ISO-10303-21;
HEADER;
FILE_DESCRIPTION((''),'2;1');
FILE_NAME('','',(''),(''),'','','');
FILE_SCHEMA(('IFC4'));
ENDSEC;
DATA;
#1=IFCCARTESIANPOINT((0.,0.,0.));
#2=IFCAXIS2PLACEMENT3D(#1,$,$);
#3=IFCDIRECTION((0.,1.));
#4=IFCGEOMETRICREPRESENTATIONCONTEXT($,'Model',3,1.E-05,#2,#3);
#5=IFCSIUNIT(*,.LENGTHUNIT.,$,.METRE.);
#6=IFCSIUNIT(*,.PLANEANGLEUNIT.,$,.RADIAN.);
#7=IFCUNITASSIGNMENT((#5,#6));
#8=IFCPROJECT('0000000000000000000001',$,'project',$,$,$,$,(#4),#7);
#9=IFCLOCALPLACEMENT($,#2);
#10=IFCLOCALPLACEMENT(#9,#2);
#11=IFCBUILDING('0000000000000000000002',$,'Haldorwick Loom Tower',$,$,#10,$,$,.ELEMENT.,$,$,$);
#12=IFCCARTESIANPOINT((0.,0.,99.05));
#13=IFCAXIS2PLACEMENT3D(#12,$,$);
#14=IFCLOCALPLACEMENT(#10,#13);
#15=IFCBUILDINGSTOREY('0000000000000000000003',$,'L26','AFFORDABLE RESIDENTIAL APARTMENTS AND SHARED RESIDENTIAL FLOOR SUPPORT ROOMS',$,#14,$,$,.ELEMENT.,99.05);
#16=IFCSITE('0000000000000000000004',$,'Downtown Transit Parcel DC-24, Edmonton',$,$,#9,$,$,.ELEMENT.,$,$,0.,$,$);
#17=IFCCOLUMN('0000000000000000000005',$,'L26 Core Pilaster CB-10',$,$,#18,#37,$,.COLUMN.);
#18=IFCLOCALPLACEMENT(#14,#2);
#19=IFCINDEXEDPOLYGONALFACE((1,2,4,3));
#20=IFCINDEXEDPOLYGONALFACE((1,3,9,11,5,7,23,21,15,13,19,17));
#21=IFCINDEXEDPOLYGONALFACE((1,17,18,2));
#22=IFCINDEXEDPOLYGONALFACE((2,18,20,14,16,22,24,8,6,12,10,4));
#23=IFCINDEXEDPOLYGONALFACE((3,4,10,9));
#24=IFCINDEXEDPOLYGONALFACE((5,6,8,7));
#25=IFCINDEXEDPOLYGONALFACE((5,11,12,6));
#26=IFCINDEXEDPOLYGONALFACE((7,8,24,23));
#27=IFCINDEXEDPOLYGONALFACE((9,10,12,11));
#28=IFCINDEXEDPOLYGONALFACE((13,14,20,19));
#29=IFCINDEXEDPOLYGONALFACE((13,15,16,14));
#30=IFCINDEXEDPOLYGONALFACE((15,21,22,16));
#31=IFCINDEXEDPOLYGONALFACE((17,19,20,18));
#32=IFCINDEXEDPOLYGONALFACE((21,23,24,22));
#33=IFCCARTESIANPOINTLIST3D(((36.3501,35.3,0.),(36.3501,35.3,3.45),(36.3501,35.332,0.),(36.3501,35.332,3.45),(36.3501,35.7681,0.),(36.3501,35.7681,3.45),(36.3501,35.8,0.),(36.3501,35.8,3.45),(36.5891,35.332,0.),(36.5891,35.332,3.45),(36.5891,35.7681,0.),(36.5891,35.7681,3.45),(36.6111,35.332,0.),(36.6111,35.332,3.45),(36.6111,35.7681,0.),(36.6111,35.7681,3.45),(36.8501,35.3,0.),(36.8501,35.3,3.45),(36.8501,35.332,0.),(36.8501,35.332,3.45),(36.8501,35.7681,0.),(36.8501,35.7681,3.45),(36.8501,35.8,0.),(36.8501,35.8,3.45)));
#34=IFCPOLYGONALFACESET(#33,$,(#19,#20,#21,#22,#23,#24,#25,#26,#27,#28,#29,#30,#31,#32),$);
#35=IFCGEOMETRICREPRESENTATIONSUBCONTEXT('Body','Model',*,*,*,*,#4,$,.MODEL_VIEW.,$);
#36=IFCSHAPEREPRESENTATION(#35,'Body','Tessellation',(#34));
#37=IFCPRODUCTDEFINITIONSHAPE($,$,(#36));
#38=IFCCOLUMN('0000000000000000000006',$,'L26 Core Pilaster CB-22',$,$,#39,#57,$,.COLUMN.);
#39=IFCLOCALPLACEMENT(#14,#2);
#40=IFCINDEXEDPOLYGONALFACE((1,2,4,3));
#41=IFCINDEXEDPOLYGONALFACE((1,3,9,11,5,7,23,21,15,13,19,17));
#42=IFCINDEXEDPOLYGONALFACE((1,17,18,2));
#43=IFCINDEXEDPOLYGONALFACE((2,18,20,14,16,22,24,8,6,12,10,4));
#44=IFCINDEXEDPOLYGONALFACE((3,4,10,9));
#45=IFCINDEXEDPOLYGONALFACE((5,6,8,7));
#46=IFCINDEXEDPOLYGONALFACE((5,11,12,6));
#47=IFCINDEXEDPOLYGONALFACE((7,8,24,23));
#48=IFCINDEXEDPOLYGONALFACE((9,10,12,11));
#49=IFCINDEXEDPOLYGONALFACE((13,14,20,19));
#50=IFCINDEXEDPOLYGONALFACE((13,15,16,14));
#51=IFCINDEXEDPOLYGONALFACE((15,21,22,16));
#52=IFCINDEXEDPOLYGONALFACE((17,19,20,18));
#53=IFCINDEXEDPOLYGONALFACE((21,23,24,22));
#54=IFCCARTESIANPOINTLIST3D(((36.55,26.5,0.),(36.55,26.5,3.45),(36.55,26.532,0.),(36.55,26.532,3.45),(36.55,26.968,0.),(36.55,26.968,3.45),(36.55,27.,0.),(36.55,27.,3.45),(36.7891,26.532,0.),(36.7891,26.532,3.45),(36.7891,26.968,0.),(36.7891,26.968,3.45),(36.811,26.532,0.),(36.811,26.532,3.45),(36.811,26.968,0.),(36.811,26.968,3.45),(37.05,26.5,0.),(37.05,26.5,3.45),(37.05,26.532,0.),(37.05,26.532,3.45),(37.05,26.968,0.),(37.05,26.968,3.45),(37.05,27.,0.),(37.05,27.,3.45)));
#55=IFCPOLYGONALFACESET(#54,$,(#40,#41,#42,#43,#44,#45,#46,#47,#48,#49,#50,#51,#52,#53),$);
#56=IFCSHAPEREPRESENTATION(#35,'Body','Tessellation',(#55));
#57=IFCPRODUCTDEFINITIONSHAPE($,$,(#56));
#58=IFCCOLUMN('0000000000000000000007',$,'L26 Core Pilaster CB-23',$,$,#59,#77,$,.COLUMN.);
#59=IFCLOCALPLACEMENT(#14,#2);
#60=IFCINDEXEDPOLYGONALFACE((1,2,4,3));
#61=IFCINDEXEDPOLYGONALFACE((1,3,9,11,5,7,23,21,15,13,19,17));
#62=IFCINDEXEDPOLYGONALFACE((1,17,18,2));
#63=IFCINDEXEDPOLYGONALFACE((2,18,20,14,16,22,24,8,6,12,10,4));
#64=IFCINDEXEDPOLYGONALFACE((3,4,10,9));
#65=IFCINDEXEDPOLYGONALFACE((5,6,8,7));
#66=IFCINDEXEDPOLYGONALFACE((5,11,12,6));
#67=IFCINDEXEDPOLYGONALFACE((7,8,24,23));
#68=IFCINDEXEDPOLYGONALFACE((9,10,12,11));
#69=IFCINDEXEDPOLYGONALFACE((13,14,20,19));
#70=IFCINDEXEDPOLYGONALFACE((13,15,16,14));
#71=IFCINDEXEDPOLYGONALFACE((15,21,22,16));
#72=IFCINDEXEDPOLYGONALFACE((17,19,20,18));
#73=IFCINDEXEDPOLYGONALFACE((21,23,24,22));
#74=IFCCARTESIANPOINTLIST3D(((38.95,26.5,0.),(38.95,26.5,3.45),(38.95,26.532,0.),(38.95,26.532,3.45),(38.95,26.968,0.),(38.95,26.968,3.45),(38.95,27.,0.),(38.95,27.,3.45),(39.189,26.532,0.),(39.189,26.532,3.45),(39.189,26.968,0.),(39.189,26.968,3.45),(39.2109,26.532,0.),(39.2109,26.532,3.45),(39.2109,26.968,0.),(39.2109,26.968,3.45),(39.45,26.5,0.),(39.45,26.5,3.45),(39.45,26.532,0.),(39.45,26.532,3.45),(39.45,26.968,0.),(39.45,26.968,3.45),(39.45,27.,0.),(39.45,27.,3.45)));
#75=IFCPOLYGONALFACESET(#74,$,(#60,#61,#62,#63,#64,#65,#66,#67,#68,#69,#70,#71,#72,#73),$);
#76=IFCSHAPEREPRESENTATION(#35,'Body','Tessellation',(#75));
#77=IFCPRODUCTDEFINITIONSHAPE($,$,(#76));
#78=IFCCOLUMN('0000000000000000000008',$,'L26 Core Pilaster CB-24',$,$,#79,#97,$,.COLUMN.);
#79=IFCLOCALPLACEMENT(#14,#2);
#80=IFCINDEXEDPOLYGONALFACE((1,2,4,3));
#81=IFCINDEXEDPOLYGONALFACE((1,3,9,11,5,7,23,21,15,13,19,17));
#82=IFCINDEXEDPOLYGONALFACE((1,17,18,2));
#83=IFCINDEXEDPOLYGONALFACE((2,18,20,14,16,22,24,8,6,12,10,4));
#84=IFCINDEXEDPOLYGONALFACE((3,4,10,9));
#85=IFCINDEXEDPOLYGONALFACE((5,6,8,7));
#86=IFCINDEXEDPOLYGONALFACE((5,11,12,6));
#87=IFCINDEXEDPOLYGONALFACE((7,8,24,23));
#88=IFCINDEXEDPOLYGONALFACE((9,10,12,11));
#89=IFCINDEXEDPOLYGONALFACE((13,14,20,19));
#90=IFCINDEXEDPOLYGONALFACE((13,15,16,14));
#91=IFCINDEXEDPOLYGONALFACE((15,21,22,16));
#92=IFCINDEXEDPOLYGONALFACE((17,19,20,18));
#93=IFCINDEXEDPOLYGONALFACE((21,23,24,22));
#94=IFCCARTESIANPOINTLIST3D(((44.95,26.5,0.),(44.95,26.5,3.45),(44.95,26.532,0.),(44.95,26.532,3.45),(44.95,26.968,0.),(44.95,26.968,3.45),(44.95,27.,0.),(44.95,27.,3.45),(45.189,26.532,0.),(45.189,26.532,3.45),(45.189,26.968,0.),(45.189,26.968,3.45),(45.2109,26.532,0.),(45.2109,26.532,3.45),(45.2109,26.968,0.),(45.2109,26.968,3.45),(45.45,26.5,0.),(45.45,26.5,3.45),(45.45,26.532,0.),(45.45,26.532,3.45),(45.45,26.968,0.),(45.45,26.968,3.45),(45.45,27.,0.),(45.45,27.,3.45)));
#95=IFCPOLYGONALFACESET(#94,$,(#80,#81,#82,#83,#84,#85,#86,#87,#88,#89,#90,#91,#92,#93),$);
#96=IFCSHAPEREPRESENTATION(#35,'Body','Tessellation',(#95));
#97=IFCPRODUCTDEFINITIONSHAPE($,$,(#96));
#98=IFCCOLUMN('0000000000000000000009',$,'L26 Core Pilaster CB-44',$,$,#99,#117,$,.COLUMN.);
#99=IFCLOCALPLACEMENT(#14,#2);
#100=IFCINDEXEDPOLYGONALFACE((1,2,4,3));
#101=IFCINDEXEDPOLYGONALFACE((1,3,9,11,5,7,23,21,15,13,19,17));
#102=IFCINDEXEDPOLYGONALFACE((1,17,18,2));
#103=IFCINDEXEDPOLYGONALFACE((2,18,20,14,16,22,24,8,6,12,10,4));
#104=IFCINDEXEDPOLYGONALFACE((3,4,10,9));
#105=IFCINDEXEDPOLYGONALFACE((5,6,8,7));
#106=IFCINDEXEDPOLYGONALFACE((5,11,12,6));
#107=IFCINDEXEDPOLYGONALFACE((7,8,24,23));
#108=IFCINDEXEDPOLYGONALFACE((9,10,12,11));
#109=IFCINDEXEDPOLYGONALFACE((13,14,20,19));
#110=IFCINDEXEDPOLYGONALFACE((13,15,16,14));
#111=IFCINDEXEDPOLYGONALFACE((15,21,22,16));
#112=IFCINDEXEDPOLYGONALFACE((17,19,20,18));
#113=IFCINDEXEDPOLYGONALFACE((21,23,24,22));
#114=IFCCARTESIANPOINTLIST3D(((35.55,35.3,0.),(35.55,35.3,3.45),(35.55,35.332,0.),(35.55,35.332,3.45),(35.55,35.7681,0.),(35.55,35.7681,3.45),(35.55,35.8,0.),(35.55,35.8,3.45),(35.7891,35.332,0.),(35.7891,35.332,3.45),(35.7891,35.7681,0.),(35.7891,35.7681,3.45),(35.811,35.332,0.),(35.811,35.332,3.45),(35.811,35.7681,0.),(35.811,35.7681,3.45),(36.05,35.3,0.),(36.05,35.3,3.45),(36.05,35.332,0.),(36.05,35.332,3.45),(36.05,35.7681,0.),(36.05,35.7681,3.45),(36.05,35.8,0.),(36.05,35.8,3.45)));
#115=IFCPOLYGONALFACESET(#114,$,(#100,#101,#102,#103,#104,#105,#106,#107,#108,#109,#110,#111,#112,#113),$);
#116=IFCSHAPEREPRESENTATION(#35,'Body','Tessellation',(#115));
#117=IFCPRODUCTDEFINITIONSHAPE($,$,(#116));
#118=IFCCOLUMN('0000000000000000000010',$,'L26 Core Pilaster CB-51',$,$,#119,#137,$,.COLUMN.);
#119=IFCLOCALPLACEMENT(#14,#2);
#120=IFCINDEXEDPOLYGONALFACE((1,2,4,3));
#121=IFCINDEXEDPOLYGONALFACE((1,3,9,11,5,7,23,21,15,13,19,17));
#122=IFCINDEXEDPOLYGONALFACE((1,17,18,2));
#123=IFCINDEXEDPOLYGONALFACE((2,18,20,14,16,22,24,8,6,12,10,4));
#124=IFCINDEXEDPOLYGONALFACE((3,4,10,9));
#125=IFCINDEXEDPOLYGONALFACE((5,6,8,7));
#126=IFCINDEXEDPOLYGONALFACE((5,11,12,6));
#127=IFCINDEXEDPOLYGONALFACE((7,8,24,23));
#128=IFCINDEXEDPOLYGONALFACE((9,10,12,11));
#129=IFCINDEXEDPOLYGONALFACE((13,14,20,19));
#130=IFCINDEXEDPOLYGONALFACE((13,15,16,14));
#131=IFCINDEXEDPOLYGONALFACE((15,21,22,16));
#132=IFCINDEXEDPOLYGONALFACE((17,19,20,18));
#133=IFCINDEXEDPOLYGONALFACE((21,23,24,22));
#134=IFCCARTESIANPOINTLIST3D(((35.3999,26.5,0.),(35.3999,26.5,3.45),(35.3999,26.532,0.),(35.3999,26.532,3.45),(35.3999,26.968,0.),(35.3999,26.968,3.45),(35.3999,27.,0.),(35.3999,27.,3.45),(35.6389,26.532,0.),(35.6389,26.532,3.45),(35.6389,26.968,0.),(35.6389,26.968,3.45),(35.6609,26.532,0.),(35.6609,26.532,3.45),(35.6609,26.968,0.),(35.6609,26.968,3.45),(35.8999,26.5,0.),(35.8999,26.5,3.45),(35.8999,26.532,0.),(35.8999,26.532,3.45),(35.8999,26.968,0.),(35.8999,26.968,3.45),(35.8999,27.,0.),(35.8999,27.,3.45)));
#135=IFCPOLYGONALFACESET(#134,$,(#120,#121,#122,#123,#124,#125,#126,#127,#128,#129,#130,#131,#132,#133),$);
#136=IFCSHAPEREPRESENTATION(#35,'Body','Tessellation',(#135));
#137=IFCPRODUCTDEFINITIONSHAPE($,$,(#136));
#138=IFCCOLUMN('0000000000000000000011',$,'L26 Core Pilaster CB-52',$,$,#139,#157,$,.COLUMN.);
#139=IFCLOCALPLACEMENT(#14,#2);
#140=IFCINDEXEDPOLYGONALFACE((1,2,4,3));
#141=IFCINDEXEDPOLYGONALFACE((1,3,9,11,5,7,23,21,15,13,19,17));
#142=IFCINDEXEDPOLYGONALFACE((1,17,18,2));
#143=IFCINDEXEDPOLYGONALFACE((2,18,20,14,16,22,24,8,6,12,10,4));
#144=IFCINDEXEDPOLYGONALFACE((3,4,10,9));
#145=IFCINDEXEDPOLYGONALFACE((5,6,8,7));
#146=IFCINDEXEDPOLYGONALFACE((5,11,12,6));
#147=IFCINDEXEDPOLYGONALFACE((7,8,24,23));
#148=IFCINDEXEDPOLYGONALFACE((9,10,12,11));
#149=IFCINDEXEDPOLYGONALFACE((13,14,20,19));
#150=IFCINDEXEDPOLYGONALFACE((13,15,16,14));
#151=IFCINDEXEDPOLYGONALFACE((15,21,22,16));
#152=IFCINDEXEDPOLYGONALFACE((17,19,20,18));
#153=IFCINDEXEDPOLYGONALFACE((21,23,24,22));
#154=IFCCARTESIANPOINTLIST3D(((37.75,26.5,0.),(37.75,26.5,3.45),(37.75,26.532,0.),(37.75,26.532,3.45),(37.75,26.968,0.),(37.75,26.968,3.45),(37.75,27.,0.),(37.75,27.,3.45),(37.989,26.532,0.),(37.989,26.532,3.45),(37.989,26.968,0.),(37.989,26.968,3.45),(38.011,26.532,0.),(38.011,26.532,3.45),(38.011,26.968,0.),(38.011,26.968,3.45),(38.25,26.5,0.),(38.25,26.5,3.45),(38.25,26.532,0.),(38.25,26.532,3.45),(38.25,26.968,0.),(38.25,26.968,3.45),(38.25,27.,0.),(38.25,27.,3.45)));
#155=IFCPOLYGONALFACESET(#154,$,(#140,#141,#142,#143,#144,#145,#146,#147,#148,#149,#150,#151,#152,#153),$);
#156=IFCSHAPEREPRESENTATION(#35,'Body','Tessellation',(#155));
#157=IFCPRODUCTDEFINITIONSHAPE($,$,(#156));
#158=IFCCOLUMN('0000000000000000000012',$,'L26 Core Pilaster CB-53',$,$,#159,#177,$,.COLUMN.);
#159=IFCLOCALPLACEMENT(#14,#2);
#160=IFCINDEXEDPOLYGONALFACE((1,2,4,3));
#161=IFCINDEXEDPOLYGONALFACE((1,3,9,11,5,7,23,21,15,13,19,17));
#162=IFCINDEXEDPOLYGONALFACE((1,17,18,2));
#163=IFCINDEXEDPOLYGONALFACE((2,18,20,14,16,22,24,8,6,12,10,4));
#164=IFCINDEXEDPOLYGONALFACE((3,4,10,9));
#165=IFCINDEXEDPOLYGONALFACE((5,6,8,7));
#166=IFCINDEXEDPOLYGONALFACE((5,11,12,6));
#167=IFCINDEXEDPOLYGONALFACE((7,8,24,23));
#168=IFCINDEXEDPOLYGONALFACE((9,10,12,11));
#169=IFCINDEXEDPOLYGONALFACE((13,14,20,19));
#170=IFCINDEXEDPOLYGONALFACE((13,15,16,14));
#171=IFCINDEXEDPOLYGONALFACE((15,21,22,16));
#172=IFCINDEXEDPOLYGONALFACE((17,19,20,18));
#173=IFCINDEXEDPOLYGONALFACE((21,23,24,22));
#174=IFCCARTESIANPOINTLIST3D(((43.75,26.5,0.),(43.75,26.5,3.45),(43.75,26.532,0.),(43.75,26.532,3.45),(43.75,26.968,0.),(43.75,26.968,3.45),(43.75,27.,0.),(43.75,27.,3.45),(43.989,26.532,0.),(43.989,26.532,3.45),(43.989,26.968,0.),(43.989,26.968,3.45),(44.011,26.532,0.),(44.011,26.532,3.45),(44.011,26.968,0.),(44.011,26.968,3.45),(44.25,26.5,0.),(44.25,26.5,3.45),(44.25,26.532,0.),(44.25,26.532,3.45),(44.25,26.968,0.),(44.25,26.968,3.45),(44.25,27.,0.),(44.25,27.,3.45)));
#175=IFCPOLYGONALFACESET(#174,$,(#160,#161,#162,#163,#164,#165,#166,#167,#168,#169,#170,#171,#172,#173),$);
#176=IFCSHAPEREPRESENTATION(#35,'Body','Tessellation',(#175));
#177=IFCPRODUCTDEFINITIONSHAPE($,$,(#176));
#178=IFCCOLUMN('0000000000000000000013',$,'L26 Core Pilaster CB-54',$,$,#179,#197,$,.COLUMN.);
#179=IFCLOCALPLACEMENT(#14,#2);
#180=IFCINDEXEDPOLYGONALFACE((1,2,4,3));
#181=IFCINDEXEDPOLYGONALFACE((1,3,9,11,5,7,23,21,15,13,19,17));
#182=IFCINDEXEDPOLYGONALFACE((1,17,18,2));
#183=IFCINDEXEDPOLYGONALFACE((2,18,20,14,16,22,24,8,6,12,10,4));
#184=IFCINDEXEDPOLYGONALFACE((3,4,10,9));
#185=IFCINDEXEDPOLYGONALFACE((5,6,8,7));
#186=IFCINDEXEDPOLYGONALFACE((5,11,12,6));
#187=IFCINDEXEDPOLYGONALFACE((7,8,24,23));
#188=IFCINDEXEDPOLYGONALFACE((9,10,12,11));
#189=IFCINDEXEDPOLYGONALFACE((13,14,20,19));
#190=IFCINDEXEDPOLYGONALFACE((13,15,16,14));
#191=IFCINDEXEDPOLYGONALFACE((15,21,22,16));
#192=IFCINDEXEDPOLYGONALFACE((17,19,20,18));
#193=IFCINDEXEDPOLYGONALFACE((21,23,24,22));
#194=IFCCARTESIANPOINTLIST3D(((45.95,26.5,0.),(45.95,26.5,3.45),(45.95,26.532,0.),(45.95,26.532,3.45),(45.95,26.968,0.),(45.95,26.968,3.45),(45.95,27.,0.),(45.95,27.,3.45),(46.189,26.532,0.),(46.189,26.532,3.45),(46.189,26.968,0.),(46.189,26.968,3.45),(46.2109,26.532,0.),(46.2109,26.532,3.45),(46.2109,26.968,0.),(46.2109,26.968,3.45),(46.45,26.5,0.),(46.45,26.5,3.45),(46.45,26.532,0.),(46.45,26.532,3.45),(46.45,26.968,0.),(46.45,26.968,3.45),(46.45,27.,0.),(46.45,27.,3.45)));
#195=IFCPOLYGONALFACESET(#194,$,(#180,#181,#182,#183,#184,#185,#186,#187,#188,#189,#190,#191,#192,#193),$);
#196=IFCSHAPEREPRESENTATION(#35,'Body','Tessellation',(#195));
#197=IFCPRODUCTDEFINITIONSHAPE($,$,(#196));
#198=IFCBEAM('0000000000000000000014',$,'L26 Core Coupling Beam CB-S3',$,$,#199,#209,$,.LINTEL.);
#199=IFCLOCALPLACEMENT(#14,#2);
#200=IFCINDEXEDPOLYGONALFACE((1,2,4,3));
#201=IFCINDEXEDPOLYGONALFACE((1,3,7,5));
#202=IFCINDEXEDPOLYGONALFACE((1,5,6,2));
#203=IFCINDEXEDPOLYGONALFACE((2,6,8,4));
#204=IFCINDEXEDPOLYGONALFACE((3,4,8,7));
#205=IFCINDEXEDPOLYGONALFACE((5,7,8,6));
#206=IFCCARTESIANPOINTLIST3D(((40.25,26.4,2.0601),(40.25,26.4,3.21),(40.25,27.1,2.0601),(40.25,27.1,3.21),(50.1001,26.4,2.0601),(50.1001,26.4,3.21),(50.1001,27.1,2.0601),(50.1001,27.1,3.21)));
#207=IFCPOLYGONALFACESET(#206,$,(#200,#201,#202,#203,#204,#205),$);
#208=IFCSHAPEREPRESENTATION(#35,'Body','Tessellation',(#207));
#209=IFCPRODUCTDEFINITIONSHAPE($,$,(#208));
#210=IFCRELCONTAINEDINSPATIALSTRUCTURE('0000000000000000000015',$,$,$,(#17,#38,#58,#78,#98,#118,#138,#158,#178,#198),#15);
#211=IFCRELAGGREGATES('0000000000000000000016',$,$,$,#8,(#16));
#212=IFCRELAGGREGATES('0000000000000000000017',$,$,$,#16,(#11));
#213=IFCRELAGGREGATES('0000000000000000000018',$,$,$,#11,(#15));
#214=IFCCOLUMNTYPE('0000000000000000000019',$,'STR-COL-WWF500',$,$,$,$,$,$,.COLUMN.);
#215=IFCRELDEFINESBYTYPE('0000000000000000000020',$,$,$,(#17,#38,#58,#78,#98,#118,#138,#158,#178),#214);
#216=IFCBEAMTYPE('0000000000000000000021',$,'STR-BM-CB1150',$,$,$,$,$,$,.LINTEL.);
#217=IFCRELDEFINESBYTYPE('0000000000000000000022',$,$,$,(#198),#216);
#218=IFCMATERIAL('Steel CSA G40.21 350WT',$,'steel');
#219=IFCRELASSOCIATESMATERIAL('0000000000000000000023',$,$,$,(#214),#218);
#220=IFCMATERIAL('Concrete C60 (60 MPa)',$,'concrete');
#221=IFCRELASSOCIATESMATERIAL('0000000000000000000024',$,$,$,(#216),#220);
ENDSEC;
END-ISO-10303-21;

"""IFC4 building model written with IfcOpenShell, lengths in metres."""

from ifc_helpers import new_model, si_unit, direction, frame, origin, origin_2d, place, context, subcontext, project, spatial, rectangle, i_section, extrude, material, material_profile, profile_set, type_object, element, save


model = new_model("IFC4")

# Units and contexts
model_context = context("Model", 3, precision=1e-05, world=origin(), true_north=direction((0.0, 1.0)))
body_context = subcontext(model_context, "Body", "Model", "MODEL_VIEW")
ifc_project = project(units=[si_unit("LENGTHUNIT", "METRE"), si_unit("PLANEANGLEUNIT", "RADIAN")], contexts=[model_context])

# Site, building, storey
site_placement = place(None, origin())
site = spatial("IfcSite", under=ifc_project, at=site_placement, Name="Downtown Transit Parcel DC-24, Edmonton", CompositionType="ELEMENT", RefElevation=0.0)
building_placement = place(site_placement, origin())
building = spatial("IfcBuilding", under=site, at=building_placement, Name="Haldorwick Loom Tower", CompositionType="ELEMENT")
storey_placement = place(building_placement, frame((0.0, 0.0, 99.05)))
storey = spatial("IfcBuildingStorey", under=building, at=storey_placement, Name="L26", Description="AFFORDABLE RESIDENTIAL APARTMENTS AND SHARED RESIDENTIAL FLOOR SUPPORT ROOMS", CompositionType="ELEMENT", Elevation=99.05)

# Columns
ifc_material_1 = material(Name="Steel CSA G40.21 350WT", Category="steel")
ifc_material_profile_1 = material_profile(ifc_material_1, i_section(OverallWidth=0.5, OverallDepth=0.5, WebThickness=0.022, FlangeThickness=0.032, at=origin_2d()), Name="WWF500X500", Category="steel")
ifc_profile_set_1 = profile_set([ifc_material_profile_1], Name="Steel CSA G40.21 350WT")
column_type = type_object("IfcColumnType", Name="STR-COL-WWF500", PredefinedType="COLUMN", material=ifc_profile_set_1)
for number, where, z_axis, x_axis, name in (
    (1, (36.6001, 35.55, 0.0), (0.0, 0.0, 1.0), (1.0, 0.0, 0.0), "L26 Core Pilaster CB-10"),
    (2, (36.8, 26.75, 0.0), (0.0, 0.0, 1.0), (1.0, 0.0, 0.0), "L26 Core Pilaster CB-22"),
    (3, (39.2, 26.75, 0.0), (0.0, 0.0, 1.0), (1.0, 0.0, 0.0), "L26 Core Pilaster CB-23"),
    (4, (45.2, 26.75, 0.0), (0.0, 0.0, 1.0), (1.0, 0.0, 0.0), "L26 Core Pilaster CB-24"),
    (5, (35.8, 35.55, 0.0), (0.0, 0.0, 1.0), (1.0, 0.0, 0.0), "L26 Core Pilaster CB-44"),
    (6, (35.6499, 26.75, 0.0), (0.0, 0.0, 1.0), (1.0, 0.0, 0.0), "L26 Core Pilaster CB-51"),
    (7, (38.0, 26.75, 0.0), (0.0, 0.0, 1.0), (1.0, 0.0, 0.0), "L26 Core Pilaster CB-52"),
    (8, (44.0, 26.75, 0.0), (0.0, 0.0, 1.0), (1.0, 0.0, 0.0), "L26 Core Pilaster CB-53"),
    (9, (46.2, 26.75, 0.0), (0.0, 0.0, 1.0), (1.0, 0.0, 0.0), "L26 Core Pilaster CB-54"),
):
    element("IfcColumn", number, at=place(storey_placement, frame(where, z_axis=z_axis, x_axis=x_axis)), inside=storey, type_object=column_type, Name=name, PredefinedType="COLUMN", context=body_context, shape_type="SweptSolid", body=[
        extrude(i_section(OverallWidth=0.5, OverallDepth=0.5, WebThickness=0.022, FlangeThickness=0.032, at=origin_2d()), origin(), (0.0, 0.0, 1.0), 3.45),
    ])

# Beam
ifc_material_2 = material(Name="Concrete C60 (60 MPa)", Category="concrete")
ifc_material_profile_2 = material_profile(ifc_material_2, rectangle(XDim=0.7, YDim=1.1499, at=origin_2d()), Name="RC700X1150", Category="concrete")
ifc_profile_set_2 = profile_set([ifc_material_profile_2], Name="Concrete C60 (60 MPa)")
beam_type_1 = type_object("IfcBeamType", Name="STR-BM-CB1150", PredefinedType="LINTEL", material=ifc_profile_set_2)
beam_placement = place(storey_placement, frame((40.25, 26.75, 2.635), z_axis=(1.0, 0.0, 0.0), x_axis=(0.0, 1.0, 0.0)))
element("IfcBeam", 10, at=beam_placement, inside=storey, type_object=beam_type_1, Name="L26 Core Coupling Beam CB-S3", PredefinedType="LINTEL", context=body_context, shape_type="SweptSolid", body=[
    extrude(rectangle(XDim=0.7, YDim=1.1499, at=origin_2d()), origin(), (0.0, 0.0, 1.0), 9.8501),
])

save(model, "model.ifc")
